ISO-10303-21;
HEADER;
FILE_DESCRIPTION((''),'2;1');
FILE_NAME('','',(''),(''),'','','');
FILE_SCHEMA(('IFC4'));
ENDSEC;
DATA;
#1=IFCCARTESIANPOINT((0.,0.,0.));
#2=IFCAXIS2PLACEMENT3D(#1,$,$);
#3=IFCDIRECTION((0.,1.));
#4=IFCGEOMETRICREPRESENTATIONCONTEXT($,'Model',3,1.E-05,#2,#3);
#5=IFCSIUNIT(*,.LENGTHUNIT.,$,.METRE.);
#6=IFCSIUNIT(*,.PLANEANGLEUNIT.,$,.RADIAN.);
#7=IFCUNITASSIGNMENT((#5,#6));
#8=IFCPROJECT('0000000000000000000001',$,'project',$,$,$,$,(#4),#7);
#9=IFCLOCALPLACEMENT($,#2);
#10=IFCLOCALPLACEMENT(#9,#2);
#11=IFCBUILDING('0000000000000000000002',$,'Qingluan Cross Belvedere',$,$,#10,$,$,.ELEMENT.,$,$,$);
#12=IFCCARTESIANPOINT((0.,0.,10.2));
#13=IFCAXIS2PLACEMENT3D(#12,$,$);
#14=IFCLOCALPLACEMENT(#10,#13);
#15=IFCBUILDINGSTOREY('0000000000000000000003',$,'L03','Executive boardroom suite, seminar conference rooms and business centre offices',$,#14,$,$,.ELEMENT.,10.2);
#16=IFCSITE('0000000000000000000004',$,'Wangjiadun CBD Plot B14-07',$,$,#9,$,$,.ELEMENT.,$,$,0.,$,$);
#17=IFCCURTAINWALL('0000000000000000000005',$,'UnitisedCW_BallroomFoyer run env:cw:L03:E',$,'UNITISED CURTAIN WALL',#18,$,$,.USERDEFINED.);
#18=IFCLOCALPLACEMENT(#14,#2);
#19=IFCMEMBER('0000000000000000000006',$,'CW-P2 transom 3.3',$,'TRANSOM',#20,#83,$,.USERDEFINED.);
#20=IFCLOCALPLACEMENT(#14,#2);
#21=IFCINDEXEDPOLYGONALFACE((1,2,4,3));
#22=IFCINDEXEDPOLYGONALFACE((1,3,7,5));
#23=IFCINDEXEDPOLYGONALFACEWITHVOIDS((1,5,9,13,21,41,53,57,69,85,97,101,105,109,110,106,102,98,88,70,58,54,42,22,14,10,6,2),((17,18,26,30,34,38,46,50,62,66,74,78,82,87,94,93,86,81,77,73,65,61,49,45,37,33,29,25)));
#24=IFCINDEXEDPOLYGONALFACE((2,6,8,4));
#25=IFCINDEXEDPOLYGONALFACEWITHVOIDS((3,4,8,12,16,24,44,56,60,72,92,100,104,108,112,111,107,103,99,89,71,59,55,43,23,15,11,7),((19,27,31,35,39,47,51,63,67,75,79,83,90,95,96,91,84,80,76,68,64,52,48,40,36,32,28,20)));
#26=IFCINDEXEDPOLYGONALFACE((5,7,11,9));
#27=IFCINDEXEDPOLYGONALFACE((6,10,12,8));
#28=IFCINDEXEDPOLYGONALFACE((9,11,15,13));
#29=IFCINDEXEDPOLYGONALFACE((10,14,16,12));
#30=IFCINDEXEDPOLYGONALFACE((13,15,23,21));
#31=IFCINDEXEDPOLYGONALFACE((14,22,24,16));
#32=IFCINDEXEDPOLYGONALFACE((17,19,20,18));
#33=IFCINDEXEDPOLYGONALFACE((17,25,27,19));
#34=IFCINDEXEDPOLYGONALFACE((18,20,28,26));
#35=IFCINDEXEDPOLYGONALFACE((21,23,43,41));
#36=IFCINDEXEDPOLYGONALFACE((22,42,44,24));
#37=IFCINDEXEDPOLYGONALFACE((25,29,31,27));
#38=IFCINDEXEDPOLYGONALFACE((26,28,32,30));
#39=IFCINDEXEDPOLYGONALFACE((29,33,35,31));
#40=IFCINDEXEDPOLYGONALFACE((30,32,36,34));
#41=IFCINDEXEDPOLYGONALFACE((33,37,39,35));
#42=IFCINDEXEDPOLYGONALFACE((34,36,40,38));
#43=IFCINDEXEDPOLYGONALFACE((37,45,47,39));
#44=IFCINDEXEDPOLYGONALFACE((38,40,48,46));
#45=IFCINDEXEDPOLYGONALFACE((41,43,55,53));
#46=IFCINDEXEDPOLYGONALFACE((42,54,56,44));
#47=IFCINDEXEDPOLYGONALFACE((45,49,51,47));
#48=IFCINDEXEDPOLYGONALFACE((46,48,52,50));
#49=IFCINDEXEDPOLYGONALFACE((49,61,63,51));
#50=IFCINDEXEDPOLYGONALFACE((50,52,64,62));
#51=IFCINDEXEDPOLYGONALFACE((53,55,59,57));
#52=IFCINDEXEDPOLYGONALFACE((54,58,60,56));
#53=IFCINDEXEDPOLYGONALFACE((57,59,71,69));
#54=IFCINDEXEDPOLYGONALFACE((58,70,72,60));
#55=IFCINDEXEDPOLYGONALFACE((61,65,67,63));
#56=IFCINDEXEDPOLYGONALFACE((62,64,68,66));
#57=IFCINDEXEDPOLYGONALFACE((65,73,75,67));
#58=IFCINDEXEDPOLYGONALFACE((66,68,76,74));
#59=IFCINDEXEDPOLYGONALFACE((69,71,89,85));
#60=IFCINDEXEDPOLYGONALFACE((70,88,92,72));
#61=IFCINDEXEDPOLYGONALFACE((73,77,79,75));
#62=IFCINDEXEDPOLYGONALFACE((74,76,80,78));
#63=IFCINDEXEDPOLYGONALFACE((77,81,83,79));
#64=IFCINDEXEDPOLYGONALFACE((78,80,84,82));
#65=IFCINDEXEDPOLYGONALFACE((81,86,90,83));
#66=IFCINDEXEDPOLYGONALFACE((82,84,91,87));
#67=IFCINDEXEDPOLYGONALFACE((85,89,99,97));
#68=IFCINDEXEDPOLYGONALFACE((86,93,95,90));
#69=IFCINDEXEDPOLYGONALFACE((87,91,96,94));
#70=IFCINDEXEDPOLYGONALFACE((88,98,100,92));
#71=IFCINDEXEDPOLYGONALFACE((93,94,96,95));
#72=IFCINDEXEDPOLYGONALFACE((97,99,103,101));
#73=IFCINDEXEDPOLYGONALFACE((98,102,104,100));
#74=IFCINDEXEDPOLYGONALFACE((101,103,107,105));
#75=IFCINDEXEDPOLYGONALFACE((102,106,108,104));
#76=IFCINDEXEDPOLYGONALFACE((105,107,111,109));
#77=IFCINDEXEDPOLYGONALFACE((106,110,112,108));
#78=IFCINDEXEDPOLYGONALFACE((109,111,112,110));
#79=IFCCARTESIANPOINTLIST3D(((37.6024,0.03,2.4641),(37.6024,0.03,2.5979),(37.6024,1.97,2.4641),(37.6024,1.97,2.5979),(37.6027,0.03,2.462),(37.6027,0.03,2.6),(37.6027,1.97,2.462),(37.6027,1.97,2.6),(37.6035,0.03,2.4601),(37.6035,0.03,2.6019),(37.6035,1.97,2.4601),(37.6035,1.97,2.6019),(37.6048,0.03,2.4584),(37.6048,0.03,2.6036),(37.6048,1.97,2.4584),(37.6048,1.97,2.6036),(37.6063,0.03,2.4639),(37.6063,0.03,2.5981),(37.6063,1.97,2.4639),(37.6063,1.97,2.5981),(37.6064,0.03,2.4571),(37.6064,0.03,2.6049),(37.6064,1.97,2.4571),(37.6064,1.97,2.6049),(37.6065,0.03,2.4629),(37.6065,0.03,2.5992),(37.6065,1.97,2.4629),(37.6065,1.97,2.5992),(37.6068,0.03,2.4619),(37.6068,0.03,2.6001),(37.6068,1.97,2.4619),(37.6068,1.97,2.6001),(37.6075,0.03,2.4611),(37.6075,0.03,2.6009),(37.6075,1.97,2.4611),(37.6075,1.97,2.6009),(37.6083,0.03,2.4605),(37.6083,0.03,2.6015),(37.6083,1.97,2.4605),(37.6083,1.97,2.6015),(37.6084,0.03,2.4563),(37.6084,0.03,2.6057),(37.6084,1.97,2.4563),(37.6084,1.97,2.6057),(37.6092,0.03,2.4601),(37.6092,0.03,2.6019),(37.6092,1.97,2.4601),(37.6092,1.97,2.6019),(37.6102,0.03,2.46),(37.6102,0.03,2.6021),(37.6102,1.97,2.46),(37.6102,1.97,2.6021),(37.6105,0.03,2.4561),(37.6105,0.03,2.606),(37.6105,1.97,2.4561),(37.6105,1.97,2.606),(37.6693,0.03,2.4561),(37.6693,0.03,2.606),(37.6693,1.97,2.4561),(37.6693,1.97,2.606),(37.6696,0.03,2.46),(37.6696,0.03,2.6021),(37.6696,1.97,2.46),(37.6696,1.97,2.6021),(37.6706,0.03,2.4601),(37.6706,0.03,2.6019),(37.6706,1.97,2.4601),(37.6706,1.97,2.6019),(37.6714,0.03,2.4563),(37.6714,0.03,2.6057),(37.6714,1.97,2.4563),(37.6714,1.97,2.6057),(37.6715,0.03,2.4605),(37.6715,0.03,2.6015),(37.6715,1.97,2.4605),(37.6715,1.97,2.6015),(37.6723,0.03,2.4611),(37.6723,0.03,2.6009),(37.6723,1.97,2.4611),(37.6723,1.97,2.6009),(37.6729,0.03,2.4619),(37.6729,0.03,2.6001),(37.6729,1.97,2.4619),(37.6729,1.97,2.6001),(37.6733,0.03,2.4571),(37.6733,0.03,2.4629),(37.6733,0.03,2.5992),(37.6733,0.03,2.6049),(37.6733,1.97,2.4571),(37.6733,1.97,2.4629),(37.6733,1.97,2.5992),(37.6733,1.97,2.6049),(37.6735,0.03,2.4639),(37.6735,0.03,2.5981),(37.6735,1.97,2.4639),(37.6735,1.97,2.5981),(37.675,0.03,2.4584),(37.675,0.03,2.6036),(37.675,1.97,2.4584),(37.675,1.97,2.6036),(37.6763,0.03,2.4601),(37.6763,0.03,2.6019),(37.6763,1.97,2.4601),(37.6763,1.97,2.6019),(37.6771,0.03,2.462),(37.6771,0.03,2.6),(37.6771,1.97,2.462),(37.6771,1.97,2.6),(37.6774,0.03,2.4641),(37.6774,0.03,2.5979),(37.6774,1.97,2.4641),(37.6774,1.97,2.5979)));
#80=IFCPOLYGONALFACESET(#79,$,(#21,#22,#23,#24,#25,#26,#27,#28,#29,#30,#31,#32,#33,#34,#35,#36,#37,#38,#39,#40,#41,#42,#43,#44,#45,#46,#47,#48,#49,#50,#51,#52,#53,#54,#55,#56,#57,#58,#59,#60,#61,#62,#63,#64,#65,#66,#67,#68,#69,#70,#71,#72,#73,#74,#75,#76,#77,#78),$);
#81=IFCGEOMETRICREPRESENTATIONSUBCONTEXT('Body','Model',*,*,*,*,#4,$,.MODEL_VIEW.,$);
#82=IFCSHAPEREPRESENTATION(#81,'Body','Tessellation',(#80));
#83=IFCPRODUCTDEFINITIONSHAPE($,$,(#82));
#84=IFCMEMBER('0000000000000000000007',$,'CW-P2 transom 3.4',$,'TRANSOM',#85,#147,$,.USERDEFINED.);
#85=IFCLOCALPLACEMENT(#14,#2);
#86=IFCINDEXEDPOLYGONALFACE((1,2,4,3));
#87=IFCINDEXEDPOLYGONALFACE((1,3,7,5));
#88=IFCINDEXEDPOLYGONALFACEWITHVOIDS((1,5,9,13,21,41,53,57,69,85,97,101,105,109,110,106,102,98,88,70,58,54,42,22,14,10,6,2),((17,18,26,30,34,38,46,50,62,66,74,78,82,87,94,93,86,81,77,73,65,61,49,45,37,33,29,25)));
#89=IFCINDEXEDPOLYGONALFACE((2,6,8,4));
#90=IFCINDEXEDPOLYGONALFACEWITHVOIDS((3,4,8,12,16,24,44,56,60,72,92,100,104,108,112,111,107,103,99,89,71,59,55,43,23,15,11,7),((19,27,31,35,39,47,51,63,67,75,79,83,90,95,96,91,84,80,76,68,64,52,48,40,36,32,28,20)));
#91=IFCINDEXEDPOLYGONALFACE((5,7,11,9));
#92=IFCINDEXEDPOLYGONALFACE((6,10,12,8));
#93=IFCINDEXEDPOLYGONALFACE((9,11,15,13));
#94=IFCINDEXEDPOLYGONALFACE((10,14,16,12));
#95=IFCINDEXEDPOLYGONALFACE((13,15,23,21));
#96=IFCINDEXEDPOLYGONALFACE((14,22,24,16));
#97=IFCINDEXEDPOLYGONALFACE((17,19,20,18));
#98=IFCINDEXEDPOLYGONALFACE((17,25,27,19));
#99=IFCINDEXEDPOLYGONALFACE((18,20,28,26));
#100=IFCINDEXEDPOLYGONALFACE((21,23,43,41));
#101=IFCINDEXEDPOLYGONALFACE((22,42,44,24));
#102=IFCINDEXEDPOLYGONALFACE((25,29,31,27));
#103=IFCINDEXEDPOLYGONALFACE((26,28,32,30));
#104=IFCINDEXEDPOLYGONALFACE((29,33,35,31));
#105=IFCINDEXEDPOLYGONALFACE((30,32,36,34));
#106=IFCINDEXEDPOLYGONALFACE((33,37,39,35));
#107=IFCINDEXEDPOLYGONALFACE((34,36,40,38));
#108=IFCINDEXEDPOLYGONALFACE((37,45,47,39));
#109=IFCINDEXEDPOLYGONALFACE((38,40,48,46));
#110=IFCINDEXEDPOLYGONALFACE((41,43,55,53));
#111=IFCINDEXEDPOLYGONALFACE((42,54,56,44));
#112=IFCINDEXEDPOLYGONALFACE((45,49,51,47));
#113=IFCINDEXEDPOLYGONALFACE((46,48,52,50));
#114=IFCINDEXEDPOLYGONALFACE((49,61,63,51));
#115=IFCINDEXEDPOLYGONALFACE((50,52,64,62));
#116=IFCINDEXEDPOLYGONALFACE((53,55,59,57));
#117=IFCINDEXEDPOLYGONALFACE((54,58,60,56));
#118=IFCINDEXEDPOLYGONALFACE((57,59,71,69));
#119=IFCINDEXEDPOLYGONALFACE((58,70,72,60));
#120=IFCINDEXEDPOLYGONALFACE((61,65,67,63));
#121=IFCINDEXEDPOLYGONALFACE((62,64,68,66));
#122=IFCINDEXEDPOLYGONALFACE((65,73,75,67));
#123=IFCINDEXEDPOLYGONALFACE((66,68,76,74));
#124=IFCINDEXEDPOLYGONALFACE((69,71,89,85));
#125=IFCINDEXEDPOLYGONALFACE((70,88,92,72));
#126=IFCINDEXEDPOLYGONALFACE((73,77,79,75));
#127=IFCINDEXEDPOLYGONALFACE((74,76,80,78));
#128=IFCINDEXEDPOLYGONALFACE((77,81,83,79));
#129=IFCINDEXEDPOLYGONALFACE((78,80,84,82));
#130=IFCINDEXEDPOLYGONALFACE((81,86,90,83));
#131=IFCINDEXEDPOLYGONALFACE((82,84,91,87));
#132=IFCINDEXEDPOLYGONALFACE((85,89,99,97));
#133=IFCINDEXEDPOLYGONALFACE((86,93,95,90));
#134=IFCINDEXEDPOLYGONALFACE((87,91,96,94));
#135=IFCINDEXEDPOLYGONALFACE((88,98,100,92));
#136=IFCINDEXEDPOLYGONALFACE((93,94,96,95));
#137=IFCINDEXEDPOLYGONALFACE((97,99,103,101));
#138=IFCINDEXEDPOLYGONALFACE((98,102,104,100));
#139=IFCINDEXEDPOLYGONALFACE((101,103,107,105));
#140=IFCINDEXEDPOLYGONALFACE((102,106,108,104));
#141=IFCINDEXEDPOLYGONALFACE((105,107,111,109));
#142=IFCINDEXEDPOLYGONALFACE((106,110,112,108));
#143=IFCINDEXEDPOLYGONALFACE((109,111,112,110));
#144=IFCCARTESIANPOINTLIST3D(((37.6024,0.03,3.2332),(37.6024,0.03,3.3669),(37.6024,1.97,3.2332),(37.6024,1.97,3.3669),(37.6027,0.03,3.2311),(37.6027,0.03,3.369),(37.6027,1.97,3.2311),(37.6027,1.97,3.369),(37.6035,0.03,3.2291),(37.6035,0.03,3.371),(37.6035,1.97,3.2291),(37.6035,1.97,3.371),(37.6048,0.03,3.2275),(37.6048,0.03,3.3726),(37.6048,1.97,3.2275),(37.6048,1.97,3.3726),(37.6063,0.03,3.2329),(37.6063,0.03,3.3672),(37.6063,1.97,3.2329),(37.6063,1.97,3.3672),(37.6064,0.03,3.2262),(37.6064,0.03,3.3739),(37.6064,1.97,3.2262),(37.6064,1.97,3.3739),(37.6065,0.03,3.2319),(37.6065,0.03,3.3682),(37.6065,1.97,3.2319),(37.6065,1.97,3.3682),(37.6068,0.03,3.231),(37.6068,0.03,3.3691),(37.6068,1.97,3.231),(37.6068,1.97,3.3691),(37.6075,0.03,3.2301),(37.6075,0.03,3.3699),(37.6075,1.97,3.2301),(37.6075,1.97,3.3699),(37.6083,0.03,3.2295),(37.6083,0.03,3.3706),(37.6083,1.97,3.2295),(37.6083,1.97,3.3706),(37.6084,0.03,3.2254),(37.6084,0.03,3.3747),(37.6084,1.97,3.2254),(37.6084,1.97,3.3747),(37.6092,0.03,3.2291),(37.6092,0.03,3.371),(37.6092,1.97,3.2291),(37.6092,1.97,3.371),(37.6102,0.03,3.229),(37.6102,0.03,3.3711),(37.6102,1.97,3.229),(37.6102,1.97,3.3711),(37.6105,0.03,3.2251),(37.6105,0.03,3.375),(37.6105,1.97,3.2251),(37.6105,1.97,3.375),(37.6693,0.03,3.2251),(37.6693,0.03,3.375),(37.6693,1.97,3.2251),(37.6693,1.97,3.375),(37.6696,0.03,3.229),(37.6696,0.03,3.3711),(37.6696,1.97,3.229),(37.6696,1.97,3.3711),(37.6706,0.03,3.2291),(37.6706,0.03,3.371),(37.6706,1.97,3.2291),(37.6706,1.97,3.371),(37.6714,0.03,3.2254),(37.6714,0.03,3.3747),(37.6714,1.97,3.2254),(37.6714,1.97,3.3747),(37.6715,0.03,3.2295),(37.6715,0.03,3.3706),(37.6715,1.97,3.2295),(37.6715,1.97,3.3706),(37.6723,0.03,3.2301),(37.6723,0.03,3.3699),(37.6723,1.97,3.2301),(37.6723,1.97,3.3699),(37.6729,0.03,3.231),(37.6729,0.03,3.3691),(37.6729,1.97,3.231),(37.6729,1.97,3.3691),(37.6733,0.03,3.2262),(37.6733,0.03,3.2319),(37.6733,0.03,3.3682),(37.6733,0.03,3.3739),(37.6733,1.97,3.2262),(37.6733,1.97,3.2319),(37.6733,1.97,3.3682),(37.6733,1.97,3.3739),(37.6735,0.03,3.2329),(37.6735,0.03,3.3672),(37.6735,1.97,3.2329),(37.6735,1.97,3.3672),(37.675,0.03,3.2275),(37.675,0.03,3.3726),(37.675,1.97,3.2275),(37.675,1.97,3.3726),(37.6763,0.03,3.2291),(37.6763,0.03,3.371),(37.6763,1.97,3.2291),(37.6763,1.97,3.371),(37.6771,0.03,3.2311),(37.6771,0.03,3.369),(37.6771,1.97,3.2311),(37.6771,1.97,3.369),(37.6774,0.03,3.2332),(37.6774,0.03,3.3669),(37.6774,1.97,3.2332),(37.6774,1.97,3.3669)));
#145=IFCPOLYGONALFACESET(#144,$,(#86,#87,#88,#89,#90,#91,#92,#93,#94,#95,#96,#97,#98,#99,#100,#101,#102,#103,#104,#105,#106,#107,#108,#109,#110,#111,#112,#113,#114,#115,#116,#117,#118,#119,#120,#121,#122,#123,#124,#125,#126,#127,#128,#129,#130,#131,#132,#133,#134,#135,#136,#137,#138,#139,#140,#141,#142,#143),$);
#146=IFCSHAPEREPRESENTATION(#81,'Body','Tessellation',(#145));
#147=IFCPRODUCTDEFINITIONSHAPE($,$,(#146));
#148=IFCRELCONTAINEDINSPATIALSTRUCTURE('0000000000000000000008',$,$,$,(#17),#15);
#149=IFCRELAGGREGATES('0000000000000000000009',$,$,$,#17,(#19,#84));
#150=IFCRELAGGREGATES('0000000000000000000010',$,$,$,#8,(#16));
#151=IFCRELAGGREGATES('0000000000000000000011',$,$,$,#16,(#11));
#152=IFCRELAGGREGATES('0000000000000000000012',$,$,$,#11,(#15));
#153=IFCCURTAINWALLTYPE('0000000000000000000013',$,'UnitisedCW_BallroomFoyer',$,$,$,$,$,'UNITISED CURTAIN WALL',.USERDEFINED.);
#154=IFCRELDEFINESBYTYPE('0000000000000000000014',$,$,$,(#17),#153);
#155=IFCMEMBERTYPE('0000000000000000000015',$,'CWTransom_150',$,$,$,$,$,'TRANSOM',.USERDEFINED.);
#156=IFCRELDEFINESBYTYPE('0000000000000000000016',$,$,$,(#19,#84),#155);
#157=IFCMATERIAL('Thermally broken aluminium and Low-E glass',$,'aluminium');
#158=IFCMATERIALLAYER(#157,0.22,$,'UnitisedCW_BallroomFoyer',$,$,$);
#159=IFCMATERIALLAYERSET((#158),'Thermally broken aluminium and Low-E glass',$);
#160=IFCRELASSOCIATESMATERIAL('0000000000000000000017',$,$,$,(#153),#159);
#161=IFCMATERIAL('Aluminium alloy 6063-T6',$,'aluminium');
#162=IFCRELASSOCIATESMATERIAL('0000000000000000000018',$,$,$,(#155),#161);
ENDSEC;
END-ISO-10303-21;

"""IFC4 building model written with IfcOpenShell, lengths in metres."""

from ifc_helpers import new_model, si_unit, direction, frame, origin, origin_2d, place, context, subcontext, project, spatial, hollow_rectangle, extrude, material, layer, layer_set, material_profile, profile_set, type_object, element, aggregate, save


model = new_model("IFC4")

# Units and contexts
model_context = context("Model", 3, precision=1e-05, world=origin(), true_north=direction((0.0, 1.0)))
body_context = subcontext(model_context, "Body", "Model", "MODEL_VIEW")
ifc_project = project(units=[si_unit("LENGTHUNIT", "METRE"), si_unit("PLANEANGLEUNIT", "RADIAN")], contexts=[model_context])

# Site, building, storey
site_placement = place(None, origin())
site = spatial("IfcSite", under=ifc_project, at=site_placement, Name="Wangjiadun CBD Plot B14-07", CompositionType="ELEMENT", RefElevation=0.0)
building_placement = place(site_placement, origin())
building = spatial("IfcBuilding", under=site, at=building_placement, Name="Qingluan Cross Belvedere", CompositionType="ELEMENT")
storey_placement = place(building_placement, frame((0.0, 0.0, 10.2)))
storey = spatial("IfcBuildingStorey", under=building, at=storey_placement, Name="L03", Description="Executive boardroom suite, seminar conference rooms and business centre offices", CompositionType="ELEMENT", Elevation=10.2)

# Curtain wall, members
ifc_material_1 = material(Name="Thermally broken aluminium and Low-E glass", Category="aluminium")
ifc_layer_1 = layer(ifc_material_1, 0.22, Name="UnitisedCW_BallroomFoyer")
ifc_layer_set_1 = layer_set([ifc_layer_1], Name="Thermally broken aluminium and Low-E glass")
curtain_wall_type = type_object("IfcCurtainWallType", Name="UnitisedCW_BallroomFoyer", ElementType="UNITISED CURTAIN WALL", PredefinedType="USERDEFINED", material=ifc_layer_set_1)
curtain_wall_placement = place(storey_placement, origin())
curtain_wall = element("IfcCurtainWall", 1, at=curtain_wall_placement, inside=storey, type_object=curtain_wall_type, Name="UnitisedCW_BallroomFoyer run env:cw:L03:E", ObjectType="UNITISED CURTAIN WALL", PredefinedType="USERDEFINED")
ifc_material_2 = material(Name="Aluminium alloy 6063-T6", Category="aluminium")
ifc_material_profile_1 = material_profile(ifc_material_2, hollow_rectangle(XDim=0.075, YDim=0.1499, WallThickness=0.0039, InnerFilletRadius=0.0039, OuterFilletRadius=0.0081, at=origin_2d()), Name="CWT150x75x4")
ifc_profile_set_1 = profile_set([ifc_material_profile_1], Name="Aluminium alloy 6063-T6")
member_type_1 = type_object("IfcMemberType", Name="CWTransom_150", ElementType="TRANSOM", PredefinedType="USERDEFINED", material=ifc_profile_set_1)
member_1_placement = place(storey_placement, frame((37.6399, 1.97, 2.531), z_axis=(0.0, -1.0, 0.0), x_axis=(1.0, 0.0, 0.0)))
member_1 = element("IfcMember", 2, at=member_1_placement, type_object=member_type_1, Name="CW-P2 transom 3.3", ObjectType="TRANSOM", PredefinedType="USERDEFINED", context=body_context, shape_type="SweptSolid", body=[
    extrude(hollow_rectangle(XDim=0.075, YDim=0.1499, WallThickness=0.0039, InnerFilletRadius=0.0039, OuterFilletRadius=0.0081, at=origin_2d()), origin(), (0.0, 0.0, 1.0), 1.9399),
])
member_2_placement = place(storey_placement, frame((37.6399, 1.97, 3.3), z_axis=(0.0, -1.0, 0.0), x_axis=(1.0, 0.0, 0.0)))
member_2 = element("IfcMember", 3, at=member_2_placement, type_object=member_type_1, Name="CW-P2 transom 3.4", ObjectType="TRANSOM", PredefinedType="USERDEFINED", context=body_context, shape_type="SweptSolid", body=[
    extrude(hollow_rectangle(XDim=0.075, YDim=0.1499, WallThickness=0.0039, InnerFilletRadius=0.0039, OuterFilletRadius=0.0081, at=origin_2d()), origin(), (0.0, 0.0, 1.0), 1.9399),
])
aggregate(curtain_wall, [member_1, member_2])

save(model, "model.ifc")
